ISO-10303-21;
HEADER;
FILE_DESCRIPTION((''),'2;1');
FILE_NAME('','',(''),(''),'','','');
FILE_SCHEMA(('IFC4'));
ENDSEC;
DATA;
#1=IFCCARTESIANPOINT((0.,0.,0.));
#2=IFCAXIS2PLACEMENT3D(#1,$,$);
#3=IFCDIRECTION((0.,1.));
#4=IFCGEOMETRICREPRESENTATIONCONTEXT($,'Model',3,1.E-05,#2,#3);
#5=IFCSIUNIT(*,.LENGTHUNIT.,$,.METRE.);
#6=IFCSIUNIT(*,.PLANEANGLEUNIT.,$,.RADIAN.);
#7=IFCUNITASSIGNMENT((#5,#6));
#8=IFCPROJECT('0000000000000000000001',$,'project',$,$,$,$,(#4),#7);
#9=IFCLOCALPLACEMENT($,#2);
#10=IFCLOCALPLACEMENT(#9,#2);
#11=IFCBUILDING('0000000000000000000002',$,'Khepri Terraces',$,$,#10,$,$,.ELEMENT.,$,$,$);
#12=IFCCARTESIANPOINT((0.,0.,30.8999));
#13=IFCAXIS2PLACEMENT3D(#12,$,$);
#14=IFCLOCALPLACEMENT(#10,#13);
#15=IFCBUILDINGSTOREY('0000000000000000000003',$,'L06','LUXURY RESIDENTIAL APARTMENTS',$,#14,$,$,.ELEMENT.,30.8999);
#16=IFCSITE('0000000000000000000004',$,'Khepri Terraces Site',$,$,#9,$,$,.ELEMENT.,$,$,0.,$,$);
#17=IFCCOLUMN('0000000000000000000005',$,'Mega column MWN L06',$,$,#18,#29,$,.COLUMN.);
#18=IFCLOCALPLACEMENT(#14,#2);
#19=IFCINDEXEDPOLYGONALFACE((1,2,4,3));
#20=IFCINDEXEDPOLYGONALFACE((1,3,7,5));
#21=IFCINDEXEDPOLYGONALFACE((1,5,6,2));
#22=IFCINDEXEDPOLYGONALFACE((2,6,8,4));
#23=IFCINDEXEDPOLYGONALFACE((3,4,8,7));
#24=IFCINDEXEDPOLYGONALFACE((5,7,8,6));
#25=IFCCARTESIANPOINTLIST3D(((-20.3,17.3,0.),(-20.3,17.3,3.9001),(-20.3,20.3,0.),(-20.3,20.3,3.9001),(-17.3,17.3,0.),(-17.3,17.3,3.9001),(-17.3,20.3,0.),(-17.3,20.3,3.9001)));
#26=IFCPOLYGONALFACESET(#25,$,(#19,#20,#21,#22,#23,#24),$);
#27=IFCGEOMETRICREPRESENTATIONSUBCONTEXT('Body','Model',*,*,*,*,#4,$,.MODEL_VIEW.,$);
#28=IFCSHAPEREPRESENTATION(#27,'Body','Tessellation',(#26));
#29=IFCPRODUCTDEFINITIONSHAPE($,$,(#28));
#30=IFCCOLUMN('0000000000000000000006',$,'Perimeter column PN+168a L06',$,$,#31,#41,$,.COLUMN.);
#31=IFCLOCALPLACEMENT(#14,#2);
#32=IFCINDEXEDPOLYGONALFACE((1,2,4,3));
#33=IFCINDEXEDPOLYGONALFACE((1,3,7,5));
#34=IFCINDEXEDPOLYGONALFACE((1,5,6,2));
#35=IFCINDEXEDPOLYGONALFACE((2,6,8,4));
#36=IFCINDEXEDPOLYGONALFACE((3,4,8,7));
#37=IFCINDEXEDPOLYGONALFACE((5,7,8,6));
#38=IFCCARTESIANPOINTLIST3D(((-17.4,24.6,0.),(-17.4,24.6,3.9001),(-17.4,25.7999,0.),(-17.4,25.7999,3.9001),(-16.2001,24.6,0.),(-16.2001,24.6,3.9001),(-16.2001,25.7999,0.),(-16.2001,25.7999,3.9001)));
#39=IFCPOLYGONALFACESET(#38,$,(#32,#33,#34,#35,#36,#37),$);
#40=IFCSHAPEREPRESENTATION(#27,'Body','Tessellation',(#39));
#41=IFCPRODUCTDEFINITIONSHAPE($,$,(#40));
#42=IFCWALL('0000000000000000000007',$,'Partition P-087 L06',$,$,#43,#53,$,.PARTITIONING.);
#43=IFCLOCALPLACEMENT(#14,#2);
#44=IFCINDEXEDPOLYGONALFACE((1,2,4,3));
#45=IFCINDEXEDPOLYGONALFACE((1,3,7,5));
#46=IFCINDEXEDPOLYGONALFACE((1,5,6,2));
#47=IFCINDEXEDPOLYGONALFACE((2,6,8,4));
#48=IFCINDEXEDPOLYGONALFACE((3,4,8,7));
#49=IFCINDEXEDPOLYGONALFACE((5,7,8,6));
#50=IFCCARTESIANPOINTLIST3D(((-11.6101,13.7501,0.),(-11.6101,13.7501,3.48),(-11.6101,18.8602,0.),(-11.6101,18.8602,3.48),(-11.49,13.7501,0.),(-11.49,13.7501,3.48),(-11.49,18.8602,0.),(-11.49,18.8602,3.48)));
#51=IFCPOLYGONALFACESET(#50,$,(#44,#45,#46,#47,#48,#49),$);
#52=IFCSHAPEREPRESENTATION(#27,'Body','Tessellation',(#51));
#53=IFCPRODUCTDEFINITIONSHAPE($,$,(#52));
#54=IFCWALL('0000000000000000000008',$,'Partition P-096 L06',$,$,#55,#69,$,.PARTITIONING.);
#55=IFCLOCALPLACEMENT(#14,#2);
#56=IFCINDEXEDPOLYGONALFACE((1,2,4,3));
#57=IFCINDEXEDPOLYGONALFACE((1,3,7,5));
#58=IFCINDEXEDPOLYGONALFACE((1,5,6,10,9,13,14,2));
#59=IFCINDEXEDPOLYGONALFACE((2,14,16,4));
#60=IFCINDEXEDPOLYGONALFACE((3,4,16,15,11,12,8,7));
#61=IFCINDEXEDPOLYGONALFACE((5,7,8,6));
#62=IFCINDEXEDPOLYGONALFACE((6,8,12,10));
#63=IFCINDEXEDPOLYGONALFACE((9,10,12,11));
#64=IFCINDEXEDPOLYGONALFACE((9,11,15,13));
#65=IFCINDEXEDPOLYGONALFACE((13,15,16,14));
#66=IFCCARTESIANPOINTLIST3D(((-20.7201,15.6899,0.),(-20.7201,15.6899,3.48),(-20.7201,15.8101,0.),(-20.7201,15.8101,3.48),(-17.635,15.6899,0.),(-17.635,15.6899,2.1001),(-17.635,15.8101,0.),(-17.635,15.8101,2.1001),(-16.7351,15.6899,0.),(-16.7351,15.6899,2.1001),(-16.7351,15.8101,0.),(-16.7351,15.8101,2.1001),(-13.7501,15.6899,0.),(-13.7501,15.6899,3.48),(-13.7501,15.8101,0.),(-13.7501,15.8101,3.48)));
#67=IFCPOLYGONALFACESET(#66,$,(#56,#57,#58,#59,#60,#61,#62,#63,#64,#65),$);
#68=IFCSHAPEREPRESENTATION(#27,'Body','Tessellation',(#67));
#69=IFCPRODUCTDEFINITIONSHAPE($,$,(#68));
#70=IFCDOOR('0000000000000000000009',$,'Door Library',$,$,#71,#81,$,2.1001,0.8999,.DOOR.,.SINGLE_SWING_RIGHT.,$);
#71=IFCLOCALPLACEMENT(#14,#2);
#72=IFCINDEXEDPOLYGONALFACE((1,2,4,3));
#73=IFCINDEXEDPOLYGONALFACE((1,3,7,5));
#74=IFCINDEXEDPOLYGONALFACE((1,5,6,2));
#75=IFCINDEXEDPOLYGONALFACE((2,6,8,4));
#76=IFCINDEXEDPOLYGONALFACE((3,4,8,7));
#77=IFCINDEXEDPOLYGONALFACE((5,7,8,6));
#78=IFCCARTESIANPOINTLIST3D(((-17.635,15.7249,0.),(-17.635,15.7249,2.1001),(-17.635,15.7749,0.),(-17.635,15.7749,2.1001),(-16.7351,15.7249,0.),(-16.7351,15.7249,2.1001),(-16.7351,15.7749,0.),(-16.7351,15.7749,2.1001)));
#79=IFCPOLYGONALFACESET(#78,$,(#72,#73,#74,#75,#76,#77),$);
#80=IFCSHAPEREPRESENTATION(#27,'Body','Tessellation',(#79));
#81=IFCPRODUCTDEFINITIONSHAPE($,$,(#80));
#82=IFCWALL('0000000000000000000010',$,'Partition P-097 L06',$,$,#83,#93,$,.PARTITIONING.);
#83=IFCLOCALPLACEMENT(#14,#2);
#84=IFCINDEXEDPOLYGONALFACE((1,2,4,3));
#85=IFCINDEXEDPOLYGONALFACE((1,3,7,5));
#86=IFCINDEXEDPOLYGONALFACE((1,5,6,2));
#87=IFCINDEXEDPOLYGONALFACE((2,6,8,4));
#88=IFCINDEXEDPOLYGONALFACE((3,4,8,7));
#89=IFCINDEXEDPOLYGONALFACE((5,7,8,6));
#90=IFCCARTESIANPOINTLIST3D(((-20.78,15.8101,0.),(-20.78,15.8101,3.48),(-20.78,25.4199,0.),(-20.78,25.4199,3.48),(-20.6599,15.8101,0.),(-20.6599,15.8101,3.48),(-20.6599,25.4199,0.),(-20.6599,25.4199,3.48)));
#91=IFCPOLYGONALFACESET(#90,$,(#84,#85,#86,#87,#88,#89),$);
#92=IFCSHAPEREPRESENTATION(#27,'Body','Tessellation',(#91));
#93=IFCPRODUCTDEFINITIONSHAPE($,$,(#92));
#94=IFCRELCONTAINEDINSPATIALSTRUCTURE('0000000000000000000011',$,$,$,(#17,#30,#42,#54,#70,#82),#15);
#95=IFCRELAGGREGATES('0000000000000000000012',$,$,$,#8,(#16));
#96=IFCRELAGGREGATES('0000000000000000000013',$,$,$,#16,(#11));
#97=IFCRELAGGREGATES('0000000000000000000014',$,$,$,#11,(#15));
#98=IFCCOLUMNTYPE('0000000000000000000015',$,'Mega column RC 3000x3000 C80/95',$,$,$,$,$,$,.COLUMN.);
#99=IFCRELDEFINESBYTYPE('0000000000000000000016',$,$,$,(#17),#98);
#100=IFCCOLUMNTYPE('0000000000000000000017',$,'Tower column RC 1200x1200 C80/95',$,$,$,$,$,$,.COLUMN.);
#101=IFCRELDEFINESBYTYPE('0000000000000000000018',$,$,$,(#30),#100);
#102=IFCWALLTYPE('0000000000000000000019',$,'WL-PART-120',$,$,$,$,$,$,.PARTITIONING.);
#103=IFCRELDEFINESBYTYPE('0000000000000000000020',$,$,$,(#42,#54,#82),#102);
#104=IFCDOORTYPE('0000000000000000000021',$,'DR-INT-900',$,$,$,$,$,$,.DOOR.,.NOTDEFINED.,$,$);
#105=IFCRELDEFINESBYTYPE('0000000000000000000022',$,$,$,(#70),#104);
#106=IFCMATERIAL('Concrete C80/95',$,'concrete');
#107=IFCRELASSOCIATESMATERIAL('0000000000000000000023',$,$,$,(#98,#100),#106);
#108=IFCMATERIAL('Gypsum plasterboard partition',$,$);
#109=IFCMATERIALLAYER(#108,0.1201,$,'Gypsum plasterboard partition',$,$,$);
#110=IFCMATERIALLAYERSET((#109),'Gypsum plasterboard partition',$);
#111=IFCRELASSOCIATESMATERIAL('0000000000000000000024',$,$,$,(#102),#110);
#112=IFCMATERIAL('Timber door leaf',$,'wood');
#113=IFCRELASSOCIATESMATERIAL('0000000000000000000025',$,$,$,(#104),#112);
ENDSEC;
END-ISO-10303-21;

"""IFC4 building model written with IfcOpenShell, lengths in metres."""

from ifc_helpers import new_model, si_unit, direction, frame, frame_2d, origin, origin_2d, place, context, subcontext, project, spatial, rectangle, extrude, material, layer, layer_set, material_profile, profile_set, type_object, element, fill, save


model = new_model("IFC4")

# Units and contexts
model_context = context("Model", 3, precision=1e-05, world=origin(), true_north=direction((0.0, 1.0)))
body_context = subcontext(model_context, "Body", "Model", "MODEL_VIEW")
ifc_project = project(units=[si_unit("LENGTHUNIT", "METRE"), si_unit("PLANEANGLEUNIT", "RADIAN")], contexts=[model_context])

# Site, building, storey
site_placement = place(None, origin())
site = spatial("IfcSite", under=ifc_project, at=site_placement, Name="Khepri Terraces Site", CompositionType="ELEMENT", RefElevation=0.0)
building_placement = place(site_placement, origin())
building = spatial("IfcBuilding", under=site, at=building_placement, Name="Khepri Terraces", CompositionType="ELEMENT")
storey_placement = place(building_placement, frame((0.0, 0.0, 30.8999)))
storey = spatial("IfcBuildingStorey", under=building, at=storey_placement, Name="L06", Description="LUXURY RESIDENTIAL APARTMENTS", CompositionType="ELEMENT", Elevation=30.8999)

# Columns
ifc_material_1 = material(Name="Concrete C80/95", Category="concrete")
ifc_material_profile_1 = material_profile(ifc_material_1, rectangle(XDim=3.0, YDim=3.0, at=origin_2d()), Name="Concrete C80/95", Category="concrete")
ifc_profile_set_1 = profile_set([ifc_material_profile_1], Name="Concrete C80/95")
column_type_1 = type_object("IfcColumnType", Name="Mega column RC 3000x3000 C80/95", PredefinedType="COLUMN", material=ifc_profile_set_1)
column_1_placement = place(storey_placement, frame((-18.8, 18.8, 0.0), z_axis=(0.0, 0.0, 1.0), x_axis=(1.0, 0.0, 0.0)))
element("IfcColumn", 1, at=column_1_placement, inside=storey, type_object=column_type_1, Name="Mega column MWN L06", PredefinedType="COLUMN", context=body_context, shape_type="SweptSolid", body=[
    extrude(rectangle(XDim=3.0, YDim=3.0, at=origin_2d()), origin(), (0.0, 0.0, 1.0), 3.9001),
])
ifc_material_profile_2 = material_profile(ifc_material_1, rectangle(XDim=1.2, YDim=1.2, at=origin_2d()), Name="Concrete C80/95", Category="concrete")
ifc_profile_set_2 = profile_set([ifc_material_profile_2], Name="Concrete C80/95")
column_type_2 = type_object("IfcColumnType", Name="Tower column RC 1200x1200 C80/95", PredefinedType="COLUMN", material=ifc_profile_set_2)
column_2_placement = place(storey_placement, frame((-16.8, 25.2, 0.0), z_axis=(0.0, 0.0, 1.0), x_axis=(1.0, 0.0, 0.0)))
element("IfcColumn", 2, at=column_2_placement, inside=storey, type_object=column_type_2, Name="Perimeter column PN+168a L06", PredefinedType="COLUMN", context=body_context, shape_type="SweptSolid", body=[
    extrude(rectangle(XDim=1.2, YDim=1.2, at=origin_2d()), origin(), (0.0, 0.0, 1.0), 3.9001),
])

# Wall
ifc_material_2 = material(Name="Gypsum plasterboard partition")
ifc_layer_1 = layer(ifc_material_2, 0.1201, Name="Gypsum plasterboard partition")
ifc_layer_set_1 = layer_set([ifc_layer_1], Name="Gypsum plasterboard partition")
wall_type_1 = type_object("IfcWallType", Name="WL-PART-120", PredefinedType="PARTITIONING", material=ifc_layer_set_1)
wall_1_placement = place(storey_placement, frame((-11.55, 13.75, 0.0), z_axis=(0.0, 0.0, 1.0), x_axis=(0.0, 1.0, 0.0)))
element("IfcWall", 3, at=wall_1_placement, inside=storey, type_object=wall_type_1, Name="Partition P-087 L06", PredefinedType="PARTITIONING", context=body_context, shape_type="SweptSolid", body=[
    extrude(rectangle(XDim=5.1101, YDim=0.1201, at=frame_2d((2.5552, 0.0))), origin(), (0.0, 0.0, 1.0), 3.48),
])

# Wall, opening, door
wall_2_placement = place(storey_placement, frame((-20.72, 15.75, 0.0), z_axis=(0.0, 0.0, 1.0), x_axis=(1.0, 0.0, 0.0)))
wall_2 = element("IfcWall", 4, at=wall_2_placement, inside=storey, type_object=wall_type_1, Name="Partition P-096 L06", PredefinedType="PARTITIONING", context=body_context, shape_type="SweptSolid", body=[
    extrude(rectangle(XDim=6.97, YDim=0.1201, at=frame_2d((3.4849, 0.0))), origin(), (0.0, 0.0, 1.0), 3.48),
])
opening_1_placement = place(wall_2_placement, frame((3.085, 0.0, 0.0)))
opening_1 = element("IfcOpeningElement", 5, at=opening_1_placement, cuts=wall_2, PredefinedType="OPENING", context=body_context, shape_type="SweptSolid", body=[
    extrude(rectangle(XDim=0.8999, YDim=2.1001, at=frame_2d((0.45, 1.05))), frame((0.0, 0.0701, 0.0), z_axis=(0.0, -1.0, 0.0), x_axis=(1.0, 0.0, 0.0)), (0.0, 0.0, 1.0), 0.1401),
])
ifc_material_3 = material(Name="Timber door leaf", Category="wood")
door_type_1 = type_object("IfcDoorType", Name="DR-INT-900", OperationType="NOTDEFINED", PredefinedType="DOOR", material=ifc_material_3)
door_1_placement = place(opening_1_placement, origin())
door_1 = element("IfcDoor", 6, at=door_1_placement, inside=storey, type_object=door_type_1, Name="Door Library", OperationType="SINGLE_SWING_RIGHT", OverallHeight=2.1001, OverallWidth=0.8999, PredefinedType="DOOR", context=body_context, shape_type="SweptSolid", body=[
    extrude(rectangle(XDim=0.8999, YDim=2.1001, at=frame_2d((0.45, 1.05))), frame((0.0, 0.0249, 0.0), z_axis=(0.0, -1.0, 0.0), x_axis=(1.0, 0.0, 0.0)), (0.0, 0.0, 1.0), 0.05),
])
fill(opening_1, door_1)

# Wall
wall_3_placement = place(storey_placement, frame((-20.72, 15.8101, 0.0), z_axis=(0.0, 0.0, 1.0), x_axis=(0.0, 1.0, 0.0)))
element("IfcWall", 7, at=wall_3_placement, inside=storey, type_object=wall_type_1, Name="Partition P-097 L06", PredefinedType="PARTITIONING", context=body_context, shape_type="SweptSolid", body=[
    extrude(rectangle(XDim=9.6099, YDim=0.1201, at=frame_2d((4.8049, 0.0))), origin(), (0.0, 0.0, 1.0), 3.48),
])

save(model, "model.ifc")
